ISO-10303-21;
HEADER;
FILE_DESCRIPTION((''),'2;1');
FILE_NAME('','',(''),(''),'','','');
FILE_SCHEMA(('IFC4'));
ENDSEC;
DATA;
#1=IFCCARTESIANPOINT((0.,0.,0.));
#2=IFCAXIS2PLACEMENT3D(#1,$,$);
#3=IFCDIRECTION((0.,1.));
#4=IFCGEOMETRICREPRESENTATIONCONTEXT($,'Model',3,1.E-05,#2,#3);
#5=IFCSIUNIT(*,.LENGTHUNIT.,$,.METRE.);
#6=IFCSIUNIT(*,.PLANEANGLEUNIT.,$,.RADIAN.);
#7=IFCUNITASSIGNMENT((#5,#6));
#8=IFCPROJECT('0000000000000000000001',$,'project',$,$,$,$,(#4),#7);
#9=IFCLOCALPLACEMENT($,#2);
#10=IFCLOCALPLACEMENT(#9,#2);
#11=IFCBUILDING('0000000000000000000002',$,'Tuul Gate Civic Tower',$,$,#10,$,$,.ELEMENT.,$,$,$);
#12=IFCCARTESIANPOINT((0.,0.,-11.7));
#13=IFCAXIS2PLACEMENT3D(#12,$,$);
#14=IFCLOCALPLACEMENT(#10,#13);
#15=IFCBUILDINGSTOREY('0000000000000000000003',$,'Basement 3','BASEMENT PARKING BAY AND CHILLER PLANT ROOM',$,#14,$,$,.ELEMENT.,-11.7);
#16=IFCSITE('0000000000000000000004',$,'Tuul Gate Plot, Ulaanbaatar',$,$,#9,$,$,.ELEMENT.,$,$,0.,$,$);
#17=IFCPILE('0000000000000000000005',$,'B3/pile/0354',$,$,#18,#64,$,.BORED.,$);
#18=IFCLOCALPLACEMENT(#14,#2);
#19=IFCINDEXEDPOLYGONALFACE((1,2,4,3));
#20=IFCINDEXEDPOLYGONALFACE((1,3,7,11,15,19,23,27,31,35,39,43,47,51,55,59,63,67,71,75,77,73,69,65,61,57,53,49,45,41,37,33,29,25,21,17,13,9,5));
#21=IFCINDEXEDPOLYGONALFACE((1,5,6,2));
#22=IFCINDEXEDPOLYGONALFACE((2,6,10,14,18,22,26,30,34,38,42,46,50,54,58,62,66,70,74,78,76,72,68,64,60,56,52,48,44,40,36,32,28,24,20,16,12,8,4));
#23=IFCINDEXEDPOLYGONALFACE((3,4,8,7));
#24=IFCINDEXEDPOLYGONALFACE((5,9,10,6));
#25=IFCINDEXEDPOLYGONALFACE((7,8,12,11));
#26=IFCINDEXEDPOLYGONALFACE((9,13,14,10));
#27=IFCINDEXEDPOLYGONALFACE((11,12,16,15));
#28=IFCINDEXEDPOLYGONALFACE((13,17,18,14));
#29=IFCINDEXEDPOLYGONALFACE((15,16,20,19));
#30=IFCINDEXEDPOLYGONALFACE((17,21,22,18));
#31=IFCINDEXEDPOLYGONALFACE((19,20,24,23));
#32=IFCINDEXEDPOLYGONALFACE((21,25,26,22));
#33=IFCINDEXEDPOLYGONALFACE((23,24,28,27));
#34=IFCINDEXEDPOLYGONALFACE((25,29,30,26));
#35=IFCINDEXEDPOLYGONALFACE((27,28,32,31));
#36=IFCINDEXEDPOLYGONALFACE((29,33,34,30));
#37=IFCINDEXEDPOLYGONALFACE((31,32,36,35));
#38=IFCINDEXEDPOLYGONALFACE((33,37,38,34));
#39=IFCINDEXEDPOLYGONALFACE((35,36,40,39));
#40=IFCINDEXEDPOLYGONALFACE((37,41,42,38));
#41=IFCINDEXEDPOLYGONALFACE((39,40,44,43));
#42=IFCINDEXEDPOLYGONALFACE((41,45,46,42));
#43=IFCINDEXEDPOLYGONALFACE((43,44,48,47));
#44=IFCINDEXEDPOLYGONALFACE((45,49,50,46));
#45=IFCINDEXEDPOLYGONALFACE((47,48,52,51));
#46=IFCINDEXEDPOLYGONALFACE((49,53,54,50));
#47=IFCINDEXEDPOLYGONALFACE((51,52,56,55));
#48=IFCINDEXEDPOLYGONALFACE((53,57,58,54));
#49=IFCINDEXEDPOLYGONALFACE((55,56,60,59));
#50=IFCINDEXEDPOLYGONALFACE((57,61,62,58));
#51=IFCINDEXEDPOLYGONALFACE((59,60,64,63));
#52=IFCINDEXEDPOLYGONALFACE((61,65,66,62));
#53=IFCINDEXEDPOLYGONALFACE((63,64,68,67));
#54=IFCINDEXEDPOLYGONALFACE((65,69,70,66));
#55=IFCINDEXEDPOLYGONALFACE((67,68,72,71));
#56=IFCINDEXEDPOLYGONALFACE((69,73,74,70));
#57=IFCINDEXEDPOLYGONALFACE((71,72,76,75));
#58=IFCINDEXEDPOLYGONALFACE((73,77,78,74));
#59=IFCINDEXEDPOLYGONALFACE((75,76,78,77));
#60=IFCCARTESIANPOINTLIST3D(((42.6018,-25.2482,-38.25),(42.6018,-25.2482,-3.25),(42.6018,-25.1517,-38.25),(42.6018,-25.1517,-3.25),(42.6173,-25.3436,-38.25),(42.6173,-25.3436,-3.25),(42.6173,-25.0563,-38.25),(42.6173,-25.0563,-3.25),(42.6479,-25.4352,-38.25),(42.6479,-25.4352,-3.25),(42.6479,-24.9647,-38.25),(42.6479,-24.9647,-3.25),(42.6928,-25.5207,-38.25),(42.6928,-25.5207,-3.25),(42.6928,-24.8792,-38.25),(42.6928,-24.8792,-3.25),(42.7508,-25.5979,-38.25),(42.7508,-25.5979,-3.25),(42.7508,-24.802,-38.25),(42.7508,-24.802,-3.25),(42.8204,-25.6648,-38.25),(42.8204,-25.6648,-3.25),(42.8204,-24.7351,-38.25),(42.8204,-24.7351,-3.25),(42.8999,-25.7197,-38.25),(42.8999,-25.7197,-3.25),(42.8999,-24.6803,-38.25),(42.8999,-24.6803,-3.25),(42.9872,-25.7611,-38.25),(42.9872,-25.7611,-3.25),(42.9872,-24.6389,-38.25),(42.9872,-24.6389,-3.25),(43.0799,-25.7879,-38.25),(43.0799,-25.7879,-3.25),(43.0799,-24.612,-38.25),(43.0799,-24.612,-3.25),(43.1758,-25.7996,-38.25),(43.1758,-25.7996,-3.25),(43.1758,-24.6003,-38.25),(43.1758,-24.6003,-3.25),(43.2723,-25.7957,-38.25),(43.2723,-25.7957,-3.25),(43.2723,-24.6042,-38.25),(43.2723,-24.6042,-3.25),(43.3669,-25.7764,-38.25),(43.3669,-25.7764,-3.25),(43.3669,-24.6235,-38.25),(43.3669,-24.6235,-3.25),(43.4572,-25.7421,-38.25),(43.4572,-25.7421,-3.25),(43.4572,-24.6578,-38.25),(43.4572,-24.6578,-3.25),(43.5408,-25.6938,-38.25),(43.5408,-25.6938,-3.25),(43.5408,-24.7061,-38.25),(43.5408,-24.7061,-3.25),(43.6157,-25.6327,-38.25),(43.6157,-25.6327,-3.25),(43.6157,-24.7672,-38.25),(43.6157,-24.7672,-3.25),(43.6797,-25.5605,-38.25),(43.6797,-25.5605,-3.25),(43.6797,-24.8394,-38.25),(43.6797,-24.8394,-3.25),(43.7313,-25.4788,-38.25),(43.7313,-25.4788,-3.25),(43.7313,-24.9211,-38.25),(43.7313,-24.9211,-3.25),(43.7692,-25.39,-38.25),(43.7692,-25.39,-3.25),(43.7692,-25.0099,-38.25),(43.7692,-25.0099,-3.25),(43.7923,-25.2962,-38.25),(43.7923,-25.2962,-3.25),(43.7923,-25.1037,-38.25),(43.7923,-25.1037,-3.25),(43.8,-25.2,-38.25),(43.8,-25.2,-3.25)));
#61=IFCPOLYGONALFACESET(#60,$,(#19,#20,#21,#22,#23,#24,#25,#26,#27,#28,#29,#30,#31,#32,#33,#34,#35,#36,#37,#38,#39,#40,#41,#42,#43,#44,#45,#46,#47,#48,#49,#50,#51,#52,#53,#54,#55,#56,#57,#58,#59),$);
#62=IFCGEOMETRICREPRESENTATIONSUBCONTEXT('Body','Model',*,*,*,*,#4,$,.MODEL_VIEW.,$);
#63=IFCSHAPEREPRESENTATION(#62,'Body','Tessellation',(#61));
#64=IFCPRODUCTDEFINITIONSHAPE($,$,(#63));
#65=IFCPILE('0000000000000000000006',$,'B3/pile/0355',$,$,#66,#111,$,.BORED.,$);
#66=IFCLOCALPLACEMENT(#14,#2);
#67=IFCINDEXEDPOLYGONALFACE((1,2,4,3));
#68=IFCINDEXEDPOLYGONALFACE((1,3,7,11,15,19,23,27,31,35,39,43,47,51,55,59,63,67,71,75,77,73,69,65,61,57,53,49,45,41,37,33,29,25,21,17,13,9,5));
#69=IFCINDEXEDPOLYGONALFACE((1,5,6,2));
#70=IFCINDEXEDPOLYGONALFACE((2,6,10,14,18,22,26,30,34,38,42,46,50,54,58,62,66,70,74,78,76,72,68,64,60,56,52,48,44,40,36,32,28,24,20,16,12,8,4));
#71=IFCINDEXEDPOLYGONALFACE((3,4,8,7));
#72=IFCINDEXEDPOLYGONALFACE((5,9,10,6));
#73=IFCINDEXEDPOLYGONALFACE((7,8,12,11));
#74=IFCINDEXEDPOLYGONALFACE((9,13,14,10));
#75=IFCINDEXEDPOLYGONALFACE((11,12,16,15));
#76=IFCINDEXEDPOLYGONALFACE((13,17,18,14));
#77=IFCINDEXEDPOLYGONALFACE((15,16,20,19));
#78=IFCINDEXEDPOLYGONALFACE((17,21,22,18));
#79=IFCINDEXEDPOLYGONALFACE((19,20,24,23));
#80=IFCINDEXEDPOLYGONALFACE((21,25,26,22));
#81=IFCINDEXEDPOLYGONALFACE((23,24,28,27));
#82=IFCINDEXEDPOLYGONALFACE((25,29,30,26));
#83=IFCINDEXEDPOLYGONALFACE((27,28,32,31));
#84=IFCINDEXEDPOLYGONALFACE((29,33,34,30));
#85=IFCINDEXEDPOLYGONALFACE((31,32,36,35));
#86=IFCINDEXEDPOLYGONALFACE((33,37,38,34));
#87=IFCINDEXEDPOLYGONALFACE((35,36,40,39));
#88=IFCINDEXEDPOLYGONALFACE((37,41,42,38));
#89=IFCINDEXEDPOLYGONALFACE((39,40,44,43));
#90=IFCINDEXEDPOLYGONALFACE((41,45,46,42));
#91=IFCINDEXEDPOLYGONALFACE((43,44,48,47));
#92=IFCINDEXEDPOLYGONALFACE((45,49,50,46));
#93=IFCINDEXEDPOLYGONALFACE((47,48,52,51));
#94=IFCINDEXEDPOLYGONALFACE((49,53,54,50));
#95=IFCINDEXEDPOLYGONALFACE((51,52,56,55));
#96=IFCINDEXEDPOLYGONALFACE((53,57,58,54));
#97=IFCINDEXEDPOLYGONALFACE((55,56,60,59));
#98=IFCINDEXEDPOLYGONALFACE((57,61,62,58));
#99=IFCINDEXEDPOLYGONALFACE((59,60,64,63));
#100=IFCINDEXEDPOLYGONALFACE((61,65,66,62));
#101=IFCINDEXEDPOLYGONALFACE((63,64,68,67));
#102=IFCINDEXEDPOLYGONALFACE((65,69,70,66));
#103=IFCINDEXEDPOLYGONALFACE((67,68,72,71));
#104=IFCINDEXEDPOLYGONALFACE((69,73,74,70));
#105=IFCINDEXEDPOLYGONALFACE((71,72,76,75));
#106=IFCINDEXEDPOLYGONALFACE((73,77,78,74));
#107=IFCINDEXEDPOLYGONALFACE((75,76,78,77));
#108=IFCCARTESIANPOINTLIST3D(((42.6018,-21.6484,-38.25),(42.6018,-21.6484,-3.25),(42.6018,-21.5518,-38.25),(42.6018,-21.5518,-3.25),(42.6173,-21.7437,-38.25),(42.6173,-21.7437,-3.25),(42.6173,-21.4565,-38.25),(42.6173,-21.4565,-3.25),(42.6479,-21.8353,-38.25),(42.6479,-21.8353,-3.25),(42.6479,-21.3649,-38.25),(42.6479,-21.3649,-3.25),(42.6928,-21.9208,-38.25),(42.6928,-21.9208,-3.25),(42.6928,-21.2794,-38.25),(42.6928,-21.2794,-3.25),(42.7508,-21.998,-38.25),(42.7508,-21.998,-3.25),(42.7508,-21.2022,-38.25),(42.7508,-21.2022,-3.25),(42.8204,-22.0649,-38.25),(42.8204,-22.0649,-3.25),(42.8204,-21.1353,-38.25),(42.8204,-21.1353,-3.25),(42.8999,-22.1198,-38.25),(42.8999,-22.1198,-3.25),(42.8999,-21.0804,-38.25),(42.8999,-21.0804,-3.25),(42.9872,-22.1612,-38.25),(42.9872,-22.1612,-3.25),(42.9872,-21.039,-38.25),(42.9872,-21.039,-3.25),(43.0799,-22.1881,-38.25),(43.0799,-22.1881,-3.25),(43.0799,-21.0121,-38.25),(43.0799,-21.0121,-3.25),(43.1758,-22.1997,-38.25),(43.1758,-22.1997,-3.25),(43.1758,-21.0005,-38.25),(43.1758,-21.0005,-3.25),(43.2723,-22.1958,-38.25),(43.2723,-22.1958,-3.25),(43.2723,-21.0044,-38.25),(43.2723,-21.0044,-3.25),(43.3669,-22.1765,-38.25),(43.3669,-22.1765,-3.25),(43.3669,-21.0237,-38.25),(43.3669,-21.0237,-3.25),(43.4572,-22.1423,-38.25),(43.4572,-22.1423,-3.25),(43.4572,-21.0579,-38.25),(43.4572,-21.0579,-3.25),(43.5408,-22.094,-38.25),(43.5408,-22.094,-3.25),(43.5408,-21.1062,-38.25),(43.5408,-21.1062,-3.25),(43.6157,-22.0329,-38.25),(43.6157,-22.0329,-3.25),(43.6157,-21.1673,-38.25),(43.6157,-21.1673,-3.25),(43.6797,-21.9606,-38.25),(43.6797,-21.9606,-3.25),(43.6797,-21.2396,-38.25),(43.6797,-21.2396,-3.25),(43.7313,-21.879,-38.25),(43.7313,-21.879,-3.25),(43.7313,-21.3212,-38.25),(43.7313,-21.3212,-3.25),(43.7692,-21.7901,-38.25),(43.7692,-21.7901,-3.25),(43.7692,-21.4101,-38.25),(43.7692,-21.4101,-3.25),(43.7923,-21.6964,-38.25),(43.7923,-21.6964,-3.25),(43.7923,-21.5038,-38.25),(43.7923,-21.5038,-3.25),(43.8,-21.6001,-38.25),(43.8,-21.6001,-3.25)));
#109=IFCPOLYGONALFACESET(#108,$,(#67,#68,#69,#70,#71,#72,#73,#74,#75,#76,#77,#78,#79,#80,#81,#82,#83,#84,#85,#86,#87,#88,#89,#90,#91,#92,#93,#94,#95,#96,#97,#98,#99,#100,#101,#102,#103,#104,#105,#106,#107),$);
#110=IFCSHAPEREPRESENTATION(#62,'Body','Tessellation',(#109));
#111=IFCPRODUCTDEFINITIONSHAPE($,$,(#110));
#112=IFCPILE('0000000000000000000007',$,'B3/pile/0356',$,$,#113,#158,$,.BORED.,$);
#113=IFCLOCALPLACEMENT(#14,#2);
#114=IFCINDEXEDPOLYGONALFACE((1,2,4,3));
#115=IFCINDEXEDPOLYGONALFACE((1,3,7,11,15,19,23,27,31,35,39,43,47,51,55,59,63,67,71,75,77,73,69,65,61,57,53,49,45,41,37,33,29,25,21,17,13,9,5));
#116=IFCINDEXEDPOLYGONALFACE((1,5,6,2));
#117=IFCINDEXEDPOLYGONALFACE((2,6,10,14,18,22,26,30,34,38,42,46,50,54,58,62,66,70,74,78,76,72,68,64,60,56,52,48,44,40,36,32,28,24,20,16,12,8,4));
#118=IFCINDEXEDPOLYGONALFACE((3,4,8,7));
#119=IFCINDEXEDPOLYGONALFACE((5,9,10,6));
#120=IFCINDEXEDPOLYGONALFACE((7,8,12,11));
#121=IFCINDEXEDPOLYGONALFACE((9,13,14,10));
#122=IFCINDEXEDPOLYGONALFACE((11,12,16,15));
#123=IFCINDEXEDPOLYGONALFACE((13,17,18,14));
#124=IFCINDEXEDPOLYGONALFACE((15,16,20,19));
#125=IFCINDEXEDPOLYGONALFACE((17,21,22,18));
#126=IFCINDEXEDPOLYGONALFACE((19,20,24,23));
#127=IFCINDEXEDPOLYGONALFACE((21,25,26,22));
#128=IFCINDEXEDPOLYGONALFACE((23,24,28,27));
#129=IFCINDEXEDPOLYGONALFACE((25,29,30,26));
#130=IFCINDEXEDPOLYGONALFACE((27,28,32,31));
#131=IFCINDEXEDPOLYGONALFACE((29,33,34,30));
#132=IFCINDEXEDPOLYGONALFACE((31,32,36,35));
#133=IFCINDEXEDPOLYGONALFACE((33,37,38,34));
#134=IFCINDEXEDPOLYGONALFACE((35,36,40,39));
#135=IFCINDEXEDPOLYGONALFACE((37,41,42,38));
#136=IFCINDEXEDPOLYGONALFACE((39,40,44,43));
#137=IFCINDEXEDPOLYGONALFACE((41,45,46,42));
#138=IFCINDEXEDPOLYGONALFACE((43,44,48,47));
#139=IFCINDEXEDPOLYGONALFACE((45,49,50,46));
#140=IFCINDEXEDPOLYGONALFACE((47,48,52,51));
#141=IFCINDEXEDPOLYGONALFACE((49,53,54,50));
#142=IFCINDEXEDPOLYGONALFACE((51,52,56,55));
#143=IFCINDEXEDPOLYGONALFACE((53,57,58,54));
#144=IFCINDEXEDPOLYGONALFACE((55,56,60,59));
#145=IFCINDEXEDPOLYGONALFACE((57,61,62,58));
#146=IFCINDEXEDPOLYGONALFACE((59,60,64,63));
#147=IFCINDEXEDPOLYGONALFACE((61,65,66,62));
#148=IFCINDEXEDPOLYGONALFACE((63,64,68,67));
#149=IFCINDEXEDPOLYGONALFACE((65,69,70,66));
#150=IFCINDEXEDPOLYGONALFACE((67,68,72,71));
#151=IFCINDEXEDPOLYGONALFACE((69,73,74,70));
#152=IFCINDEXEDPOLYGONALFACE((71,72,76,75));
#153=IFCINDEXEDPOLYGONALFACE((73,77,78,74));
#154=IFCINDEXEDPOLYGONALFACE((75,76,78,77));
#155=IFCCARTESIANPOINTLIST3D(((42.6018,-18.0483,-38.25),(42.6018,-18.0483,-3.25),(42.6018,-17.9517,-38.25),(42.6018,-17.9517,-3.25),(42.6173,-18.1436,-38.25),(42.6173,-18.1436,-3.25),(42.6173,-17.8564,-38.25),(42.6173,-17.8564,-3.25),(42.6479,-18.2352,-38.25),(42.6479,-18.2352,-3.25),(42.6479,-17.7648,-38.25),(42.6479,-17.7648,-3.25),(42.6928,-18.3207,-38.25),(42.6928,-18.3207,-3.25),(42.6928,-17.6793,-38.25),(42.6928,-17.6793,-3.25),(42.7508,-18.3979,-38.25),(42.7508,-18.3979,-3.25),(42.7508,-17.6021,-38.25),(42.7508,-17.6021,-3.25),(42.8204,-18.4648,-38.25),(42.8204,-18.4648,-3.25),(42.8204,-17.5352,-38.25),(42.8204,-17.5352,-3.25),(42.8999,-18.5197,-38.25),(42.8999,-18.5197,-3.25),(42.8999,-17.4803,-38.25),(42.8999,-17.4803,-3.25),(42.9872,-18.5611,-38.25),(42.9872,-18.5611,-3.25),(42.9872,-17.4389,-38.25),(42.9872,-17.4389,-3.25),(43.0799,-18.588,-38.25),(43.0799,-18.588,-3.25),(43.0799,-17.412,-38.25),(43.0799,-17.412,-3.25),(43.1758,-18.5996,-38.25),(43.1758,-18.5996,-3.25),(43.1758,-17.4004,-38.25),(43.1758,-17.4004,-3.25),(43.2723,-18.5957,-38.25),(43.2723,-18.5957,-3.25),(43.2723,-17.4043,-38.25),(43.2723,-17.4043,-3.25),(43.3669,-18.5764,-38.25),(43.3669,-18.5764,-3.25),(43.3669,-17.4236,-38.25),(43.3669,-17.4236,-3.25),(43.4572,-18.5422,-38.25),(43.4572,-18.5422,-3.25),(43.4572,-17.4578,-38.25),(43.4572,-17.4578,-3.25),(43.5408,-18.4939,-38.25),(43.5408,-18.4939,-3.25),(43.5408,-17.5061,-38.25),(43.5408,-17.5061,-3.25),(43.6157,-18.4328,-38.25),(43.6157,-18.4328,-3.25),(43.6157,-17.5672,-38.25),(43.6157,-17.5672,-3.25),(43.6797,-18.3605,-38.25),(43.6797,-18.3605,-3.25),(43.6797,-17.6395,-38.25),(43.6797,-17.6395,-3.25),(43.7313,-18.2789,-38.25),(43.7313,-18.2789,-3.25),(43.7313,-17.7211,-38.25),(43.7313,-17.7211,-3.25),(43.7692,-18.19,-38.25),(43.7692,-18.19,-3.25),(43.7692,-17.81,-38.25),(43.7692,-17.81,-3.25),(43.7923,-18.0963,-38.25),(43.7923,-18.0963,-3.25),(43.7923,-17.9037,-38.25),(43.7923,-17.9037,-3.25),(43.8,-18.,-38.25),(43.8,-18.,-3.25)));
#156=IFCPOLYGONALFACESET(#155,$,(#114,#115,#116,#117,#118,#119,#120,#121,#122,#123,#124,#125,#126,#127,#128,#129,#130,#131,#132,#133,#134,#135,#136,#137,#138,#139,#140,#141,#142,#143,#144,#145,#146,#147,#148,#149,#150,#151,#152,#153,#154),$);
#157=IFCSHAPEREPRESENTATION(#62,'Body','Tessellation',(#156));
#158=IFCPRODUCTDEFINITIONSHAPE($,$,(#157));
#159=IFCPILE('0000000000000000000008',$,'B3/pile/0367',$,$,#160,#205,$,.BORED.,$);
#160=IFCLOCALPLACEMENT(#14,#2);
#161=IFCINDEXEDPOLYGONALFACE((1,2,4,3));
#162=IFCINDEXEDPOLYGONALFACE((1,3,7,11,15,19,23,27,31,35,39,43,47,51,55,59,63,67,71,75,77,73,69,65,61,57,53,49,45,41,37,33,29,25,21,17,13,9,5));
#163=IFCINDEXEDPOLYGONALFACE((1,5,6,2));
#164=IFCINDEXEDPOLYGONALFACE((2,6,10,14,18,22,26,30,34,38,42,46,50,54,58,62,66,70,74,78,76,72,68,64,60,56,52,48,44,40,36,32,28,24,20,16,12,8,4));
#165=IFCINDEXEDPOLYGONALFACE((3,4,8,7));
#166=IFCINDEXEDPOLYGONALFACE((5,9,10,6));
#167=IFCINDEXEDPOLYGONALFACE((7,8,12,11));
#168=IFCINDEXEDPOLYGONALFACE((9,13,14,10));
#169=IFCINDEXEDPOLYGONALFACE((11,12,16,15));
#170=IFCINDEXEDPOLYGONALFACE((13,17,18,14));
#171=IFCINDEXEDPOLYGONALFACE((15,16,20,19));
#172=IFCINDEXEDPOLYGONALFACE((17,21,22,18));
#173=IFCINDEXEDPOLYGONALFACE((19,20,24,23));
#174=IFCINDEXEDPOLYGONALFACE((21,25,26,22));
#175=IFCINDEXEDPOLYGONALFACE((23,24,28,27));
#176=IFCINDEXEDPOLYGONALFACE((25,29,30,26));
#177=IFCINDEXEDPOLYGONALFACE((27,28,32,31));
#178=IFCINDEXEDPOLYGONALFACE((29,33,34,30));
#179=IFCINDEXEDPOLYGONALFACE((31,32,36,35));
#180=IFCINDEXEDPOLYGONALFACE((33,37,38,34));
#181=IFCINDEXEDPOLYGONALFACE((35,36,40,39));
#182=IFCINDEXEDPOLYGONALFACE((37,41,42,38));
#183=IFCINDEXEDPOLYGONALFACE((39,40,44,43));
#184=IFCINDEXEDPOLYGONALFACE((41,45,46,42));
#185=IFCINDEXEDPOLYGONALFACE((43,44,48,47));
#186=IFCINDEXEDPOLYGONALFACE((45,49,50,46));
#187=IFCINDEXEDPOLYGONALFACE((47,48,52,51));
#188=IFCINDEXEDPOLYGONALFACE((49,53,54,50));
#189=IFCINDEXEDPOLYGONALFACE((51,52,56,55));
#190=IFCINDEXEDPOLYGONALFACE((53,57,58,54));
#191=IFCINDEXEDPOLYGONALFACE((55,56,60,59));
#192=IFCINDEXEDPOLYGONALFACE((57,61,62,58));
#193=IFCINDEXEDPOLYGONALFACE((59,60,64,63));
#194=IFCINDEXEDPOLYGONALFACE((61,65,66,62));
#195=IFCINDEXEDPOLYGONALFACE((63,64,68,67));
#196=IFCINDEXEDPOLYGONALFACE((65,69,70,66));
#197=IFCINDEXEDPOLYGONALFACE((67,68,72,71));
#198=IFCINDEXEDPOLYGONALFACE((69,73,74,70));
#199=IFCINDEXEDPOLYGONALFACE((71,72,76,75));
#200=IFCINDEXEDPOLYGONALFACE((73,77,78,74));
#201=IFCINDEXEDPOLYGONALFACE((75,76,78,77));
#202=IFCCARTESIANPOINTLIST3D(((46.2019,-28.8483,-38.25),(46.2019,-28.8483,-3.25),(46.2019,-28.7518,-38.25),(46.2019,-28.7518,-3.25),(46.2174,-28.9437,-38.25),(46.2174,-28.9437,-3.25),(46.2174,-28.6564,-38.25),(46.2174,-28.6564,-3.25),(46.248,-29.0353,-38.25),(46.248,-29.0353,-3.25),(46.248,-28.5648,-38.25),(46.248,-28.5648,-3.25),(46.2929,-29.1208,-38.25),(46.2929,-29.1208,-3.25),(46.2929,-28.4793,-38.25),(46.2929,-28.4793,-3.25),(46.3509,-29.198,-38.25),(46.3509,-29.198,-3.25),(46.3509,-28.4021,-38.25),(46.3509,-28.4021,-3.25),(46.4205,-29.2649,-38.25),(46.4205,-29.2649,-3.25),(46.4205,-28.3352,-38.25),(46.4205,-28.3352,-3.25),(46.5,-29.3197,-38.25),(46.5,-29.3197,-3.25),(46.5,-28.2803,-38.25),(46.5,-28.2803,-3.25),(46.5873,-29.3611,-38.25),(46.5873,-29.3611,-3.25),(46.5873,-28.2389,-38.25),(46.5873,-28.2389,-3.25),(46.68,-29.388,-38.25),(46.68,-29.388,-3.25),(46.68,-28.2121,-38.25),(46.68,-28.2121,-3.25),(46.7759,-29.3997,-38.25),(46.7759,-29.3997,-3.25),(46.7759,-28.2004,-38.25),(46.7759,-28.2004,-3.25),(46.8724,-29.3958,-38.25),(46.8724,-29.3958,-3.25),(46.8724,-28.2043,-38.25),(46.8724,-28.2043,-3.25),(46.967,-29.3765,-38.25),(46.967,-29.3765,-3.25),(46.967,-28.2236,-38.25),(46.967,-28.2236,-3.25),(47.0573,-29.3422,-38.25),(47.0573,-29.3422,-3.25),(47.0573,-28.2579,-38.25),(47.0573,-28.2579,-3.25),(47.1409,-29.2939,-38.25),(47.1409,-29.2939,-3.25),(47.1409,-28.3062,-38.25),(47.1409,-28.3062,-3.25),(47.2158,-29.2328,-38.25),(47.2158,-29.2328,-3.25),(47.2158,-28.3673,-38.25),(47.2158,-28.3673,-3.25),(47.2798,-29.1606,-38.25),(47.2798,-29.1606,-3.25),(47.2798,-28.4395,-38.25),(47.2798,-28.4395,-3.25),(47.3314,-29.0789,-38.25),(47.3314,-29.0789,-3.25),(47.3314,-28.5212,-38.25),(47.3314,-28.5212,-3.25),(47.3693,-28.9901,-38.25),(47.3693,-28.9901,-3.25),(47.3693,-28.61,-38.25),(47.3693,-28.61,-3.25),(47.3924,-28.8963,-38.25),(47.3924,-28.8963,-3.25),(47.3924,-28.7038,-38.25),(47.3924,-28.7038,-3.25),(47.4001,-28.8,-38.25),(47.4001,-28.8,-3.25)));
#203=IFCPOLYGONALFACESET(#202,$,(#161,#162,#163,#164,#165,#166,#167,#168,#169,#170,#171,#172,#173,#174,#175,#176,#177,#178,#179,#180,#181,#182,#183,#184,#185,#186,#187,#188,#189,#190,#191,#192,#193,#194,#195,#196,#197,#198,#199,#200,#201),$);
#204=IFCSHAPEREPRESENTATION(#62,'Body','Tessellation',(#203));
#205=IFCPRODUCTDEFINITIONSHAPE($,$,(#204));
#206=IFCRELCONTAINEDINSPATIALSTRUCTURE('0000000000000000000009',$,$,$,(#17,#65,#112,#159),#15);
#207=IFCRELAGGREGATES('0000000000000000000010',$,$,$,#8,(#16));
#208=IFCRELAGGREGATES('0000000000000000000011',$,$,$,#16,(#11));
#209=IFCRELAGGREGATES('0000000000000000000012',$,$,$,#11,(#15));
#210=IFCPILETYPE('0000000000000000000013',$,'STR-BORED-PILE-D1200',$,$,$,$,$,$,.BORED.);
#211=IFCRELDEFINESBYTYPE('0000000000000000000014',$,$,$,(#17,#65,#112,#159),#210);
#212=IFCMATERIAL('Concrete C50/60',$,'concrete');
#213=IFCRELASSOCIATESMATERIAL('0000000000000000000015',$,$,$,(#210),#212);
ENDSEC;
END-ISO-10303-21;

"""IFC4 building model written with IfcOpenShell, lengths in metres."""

from ifc_helpers import new_model, si_unit, direction, frame, origin, origin_2d, place, context, subcontext, project, spatial, circle, extrude, material, material_profile, profile_set, type_object, element, save


model = new_model("IFC4")

# Units and contexts
model_context = context("Model", 3, precision=1e-05, world=origin(), true_north=direction((0.0, 1.0)))
body_context = subcontext(model_context, "Body", "Model", "MODEL_VIEW")
ifc_project = project(units=[si_unit("LENGTHUNIT", "METRE"), si_unit("PLANEANGLEUNIT", "RADIAN")], contexts=[model_context])

# Site, building, storey
site_placement = place(None, origin())
site = spatial("IfcSite", under=ifc_project, at=site_placement, Name="Tuul Gate Plot, Ulaanbaatar", CompositionType="ELEMENT", RefElevation=0.0)
building_placement = place(site_placement, origin())
building = spatial("IfcBuilding", under=site, at=building_placement, Name="Tuul Gate Civic Tower", CompositionType="ELEMENT")
storey_placement = place(building_placement, frame((0.0, 0.0, -11.7)))
storey = spatial("IfcBuildingStorey", under=building, at=storey_placement, Name="Basement 3", Description="BASEMENT PARKING BAY AND CHILLER PLANT ROOM", CompositionType="ELEMENT", Elevation=-11.7)

# Piles
ifc_material_1 = material(Name="Concrete C50/60", Category="concrete")
ifc_material_profile_1 = material_profile(ifc_material_1, circle(Radius=0.6001, at=origin_2d()), Name="PILE1200")
ifc_profile_set_1 = profile_set([ifc_material_profile_1], Name="Concrete C50/60")
pile_type = type_object("IfcPileType", Name="STR-BORED-PILE-D1200", PredefinedType="BORED", material=ifc_profile_set_1)
for number, where, z_axis, x_axis, name in (
    (1, (43.2, -25.2, -3.25), (0.0, 0.0, -1.0), (1.0, 0.0, 0.0), "B3/pile/0354"),
    (2, (43.2, -21.6001, -3.25), (0.0, 0.0, -1.0), (1.0, 0.0, 0.0), "B3/pile/0355"),
    (3, (43.2, -18.0, -3.25), (0.0, 0.0, -1.0), (1.0, 0.0, 0.0), "B3/pile/0356"),
    (4, (46.8, -28.8, -3.25), (0.0, 0.0, -1.0), (1.0, 0.0, 0.0), "B3/pile/0367"),
):
    element("IfcPile", number, at=place(storey_placement, frame(where, z_axis=z_axis, x_axis=x_axis)), inside=storey, type_object=pile_type, Name=name, PredefinedType="BORED", context=body_context, shape_type="SweptSolid", body=[
        extrude(circle(Radius=0.6001, at=origin_2d()), origin(), (0.0, 0.0, 1.0), 35.0),
    ])

save(model, "model.ifc")
